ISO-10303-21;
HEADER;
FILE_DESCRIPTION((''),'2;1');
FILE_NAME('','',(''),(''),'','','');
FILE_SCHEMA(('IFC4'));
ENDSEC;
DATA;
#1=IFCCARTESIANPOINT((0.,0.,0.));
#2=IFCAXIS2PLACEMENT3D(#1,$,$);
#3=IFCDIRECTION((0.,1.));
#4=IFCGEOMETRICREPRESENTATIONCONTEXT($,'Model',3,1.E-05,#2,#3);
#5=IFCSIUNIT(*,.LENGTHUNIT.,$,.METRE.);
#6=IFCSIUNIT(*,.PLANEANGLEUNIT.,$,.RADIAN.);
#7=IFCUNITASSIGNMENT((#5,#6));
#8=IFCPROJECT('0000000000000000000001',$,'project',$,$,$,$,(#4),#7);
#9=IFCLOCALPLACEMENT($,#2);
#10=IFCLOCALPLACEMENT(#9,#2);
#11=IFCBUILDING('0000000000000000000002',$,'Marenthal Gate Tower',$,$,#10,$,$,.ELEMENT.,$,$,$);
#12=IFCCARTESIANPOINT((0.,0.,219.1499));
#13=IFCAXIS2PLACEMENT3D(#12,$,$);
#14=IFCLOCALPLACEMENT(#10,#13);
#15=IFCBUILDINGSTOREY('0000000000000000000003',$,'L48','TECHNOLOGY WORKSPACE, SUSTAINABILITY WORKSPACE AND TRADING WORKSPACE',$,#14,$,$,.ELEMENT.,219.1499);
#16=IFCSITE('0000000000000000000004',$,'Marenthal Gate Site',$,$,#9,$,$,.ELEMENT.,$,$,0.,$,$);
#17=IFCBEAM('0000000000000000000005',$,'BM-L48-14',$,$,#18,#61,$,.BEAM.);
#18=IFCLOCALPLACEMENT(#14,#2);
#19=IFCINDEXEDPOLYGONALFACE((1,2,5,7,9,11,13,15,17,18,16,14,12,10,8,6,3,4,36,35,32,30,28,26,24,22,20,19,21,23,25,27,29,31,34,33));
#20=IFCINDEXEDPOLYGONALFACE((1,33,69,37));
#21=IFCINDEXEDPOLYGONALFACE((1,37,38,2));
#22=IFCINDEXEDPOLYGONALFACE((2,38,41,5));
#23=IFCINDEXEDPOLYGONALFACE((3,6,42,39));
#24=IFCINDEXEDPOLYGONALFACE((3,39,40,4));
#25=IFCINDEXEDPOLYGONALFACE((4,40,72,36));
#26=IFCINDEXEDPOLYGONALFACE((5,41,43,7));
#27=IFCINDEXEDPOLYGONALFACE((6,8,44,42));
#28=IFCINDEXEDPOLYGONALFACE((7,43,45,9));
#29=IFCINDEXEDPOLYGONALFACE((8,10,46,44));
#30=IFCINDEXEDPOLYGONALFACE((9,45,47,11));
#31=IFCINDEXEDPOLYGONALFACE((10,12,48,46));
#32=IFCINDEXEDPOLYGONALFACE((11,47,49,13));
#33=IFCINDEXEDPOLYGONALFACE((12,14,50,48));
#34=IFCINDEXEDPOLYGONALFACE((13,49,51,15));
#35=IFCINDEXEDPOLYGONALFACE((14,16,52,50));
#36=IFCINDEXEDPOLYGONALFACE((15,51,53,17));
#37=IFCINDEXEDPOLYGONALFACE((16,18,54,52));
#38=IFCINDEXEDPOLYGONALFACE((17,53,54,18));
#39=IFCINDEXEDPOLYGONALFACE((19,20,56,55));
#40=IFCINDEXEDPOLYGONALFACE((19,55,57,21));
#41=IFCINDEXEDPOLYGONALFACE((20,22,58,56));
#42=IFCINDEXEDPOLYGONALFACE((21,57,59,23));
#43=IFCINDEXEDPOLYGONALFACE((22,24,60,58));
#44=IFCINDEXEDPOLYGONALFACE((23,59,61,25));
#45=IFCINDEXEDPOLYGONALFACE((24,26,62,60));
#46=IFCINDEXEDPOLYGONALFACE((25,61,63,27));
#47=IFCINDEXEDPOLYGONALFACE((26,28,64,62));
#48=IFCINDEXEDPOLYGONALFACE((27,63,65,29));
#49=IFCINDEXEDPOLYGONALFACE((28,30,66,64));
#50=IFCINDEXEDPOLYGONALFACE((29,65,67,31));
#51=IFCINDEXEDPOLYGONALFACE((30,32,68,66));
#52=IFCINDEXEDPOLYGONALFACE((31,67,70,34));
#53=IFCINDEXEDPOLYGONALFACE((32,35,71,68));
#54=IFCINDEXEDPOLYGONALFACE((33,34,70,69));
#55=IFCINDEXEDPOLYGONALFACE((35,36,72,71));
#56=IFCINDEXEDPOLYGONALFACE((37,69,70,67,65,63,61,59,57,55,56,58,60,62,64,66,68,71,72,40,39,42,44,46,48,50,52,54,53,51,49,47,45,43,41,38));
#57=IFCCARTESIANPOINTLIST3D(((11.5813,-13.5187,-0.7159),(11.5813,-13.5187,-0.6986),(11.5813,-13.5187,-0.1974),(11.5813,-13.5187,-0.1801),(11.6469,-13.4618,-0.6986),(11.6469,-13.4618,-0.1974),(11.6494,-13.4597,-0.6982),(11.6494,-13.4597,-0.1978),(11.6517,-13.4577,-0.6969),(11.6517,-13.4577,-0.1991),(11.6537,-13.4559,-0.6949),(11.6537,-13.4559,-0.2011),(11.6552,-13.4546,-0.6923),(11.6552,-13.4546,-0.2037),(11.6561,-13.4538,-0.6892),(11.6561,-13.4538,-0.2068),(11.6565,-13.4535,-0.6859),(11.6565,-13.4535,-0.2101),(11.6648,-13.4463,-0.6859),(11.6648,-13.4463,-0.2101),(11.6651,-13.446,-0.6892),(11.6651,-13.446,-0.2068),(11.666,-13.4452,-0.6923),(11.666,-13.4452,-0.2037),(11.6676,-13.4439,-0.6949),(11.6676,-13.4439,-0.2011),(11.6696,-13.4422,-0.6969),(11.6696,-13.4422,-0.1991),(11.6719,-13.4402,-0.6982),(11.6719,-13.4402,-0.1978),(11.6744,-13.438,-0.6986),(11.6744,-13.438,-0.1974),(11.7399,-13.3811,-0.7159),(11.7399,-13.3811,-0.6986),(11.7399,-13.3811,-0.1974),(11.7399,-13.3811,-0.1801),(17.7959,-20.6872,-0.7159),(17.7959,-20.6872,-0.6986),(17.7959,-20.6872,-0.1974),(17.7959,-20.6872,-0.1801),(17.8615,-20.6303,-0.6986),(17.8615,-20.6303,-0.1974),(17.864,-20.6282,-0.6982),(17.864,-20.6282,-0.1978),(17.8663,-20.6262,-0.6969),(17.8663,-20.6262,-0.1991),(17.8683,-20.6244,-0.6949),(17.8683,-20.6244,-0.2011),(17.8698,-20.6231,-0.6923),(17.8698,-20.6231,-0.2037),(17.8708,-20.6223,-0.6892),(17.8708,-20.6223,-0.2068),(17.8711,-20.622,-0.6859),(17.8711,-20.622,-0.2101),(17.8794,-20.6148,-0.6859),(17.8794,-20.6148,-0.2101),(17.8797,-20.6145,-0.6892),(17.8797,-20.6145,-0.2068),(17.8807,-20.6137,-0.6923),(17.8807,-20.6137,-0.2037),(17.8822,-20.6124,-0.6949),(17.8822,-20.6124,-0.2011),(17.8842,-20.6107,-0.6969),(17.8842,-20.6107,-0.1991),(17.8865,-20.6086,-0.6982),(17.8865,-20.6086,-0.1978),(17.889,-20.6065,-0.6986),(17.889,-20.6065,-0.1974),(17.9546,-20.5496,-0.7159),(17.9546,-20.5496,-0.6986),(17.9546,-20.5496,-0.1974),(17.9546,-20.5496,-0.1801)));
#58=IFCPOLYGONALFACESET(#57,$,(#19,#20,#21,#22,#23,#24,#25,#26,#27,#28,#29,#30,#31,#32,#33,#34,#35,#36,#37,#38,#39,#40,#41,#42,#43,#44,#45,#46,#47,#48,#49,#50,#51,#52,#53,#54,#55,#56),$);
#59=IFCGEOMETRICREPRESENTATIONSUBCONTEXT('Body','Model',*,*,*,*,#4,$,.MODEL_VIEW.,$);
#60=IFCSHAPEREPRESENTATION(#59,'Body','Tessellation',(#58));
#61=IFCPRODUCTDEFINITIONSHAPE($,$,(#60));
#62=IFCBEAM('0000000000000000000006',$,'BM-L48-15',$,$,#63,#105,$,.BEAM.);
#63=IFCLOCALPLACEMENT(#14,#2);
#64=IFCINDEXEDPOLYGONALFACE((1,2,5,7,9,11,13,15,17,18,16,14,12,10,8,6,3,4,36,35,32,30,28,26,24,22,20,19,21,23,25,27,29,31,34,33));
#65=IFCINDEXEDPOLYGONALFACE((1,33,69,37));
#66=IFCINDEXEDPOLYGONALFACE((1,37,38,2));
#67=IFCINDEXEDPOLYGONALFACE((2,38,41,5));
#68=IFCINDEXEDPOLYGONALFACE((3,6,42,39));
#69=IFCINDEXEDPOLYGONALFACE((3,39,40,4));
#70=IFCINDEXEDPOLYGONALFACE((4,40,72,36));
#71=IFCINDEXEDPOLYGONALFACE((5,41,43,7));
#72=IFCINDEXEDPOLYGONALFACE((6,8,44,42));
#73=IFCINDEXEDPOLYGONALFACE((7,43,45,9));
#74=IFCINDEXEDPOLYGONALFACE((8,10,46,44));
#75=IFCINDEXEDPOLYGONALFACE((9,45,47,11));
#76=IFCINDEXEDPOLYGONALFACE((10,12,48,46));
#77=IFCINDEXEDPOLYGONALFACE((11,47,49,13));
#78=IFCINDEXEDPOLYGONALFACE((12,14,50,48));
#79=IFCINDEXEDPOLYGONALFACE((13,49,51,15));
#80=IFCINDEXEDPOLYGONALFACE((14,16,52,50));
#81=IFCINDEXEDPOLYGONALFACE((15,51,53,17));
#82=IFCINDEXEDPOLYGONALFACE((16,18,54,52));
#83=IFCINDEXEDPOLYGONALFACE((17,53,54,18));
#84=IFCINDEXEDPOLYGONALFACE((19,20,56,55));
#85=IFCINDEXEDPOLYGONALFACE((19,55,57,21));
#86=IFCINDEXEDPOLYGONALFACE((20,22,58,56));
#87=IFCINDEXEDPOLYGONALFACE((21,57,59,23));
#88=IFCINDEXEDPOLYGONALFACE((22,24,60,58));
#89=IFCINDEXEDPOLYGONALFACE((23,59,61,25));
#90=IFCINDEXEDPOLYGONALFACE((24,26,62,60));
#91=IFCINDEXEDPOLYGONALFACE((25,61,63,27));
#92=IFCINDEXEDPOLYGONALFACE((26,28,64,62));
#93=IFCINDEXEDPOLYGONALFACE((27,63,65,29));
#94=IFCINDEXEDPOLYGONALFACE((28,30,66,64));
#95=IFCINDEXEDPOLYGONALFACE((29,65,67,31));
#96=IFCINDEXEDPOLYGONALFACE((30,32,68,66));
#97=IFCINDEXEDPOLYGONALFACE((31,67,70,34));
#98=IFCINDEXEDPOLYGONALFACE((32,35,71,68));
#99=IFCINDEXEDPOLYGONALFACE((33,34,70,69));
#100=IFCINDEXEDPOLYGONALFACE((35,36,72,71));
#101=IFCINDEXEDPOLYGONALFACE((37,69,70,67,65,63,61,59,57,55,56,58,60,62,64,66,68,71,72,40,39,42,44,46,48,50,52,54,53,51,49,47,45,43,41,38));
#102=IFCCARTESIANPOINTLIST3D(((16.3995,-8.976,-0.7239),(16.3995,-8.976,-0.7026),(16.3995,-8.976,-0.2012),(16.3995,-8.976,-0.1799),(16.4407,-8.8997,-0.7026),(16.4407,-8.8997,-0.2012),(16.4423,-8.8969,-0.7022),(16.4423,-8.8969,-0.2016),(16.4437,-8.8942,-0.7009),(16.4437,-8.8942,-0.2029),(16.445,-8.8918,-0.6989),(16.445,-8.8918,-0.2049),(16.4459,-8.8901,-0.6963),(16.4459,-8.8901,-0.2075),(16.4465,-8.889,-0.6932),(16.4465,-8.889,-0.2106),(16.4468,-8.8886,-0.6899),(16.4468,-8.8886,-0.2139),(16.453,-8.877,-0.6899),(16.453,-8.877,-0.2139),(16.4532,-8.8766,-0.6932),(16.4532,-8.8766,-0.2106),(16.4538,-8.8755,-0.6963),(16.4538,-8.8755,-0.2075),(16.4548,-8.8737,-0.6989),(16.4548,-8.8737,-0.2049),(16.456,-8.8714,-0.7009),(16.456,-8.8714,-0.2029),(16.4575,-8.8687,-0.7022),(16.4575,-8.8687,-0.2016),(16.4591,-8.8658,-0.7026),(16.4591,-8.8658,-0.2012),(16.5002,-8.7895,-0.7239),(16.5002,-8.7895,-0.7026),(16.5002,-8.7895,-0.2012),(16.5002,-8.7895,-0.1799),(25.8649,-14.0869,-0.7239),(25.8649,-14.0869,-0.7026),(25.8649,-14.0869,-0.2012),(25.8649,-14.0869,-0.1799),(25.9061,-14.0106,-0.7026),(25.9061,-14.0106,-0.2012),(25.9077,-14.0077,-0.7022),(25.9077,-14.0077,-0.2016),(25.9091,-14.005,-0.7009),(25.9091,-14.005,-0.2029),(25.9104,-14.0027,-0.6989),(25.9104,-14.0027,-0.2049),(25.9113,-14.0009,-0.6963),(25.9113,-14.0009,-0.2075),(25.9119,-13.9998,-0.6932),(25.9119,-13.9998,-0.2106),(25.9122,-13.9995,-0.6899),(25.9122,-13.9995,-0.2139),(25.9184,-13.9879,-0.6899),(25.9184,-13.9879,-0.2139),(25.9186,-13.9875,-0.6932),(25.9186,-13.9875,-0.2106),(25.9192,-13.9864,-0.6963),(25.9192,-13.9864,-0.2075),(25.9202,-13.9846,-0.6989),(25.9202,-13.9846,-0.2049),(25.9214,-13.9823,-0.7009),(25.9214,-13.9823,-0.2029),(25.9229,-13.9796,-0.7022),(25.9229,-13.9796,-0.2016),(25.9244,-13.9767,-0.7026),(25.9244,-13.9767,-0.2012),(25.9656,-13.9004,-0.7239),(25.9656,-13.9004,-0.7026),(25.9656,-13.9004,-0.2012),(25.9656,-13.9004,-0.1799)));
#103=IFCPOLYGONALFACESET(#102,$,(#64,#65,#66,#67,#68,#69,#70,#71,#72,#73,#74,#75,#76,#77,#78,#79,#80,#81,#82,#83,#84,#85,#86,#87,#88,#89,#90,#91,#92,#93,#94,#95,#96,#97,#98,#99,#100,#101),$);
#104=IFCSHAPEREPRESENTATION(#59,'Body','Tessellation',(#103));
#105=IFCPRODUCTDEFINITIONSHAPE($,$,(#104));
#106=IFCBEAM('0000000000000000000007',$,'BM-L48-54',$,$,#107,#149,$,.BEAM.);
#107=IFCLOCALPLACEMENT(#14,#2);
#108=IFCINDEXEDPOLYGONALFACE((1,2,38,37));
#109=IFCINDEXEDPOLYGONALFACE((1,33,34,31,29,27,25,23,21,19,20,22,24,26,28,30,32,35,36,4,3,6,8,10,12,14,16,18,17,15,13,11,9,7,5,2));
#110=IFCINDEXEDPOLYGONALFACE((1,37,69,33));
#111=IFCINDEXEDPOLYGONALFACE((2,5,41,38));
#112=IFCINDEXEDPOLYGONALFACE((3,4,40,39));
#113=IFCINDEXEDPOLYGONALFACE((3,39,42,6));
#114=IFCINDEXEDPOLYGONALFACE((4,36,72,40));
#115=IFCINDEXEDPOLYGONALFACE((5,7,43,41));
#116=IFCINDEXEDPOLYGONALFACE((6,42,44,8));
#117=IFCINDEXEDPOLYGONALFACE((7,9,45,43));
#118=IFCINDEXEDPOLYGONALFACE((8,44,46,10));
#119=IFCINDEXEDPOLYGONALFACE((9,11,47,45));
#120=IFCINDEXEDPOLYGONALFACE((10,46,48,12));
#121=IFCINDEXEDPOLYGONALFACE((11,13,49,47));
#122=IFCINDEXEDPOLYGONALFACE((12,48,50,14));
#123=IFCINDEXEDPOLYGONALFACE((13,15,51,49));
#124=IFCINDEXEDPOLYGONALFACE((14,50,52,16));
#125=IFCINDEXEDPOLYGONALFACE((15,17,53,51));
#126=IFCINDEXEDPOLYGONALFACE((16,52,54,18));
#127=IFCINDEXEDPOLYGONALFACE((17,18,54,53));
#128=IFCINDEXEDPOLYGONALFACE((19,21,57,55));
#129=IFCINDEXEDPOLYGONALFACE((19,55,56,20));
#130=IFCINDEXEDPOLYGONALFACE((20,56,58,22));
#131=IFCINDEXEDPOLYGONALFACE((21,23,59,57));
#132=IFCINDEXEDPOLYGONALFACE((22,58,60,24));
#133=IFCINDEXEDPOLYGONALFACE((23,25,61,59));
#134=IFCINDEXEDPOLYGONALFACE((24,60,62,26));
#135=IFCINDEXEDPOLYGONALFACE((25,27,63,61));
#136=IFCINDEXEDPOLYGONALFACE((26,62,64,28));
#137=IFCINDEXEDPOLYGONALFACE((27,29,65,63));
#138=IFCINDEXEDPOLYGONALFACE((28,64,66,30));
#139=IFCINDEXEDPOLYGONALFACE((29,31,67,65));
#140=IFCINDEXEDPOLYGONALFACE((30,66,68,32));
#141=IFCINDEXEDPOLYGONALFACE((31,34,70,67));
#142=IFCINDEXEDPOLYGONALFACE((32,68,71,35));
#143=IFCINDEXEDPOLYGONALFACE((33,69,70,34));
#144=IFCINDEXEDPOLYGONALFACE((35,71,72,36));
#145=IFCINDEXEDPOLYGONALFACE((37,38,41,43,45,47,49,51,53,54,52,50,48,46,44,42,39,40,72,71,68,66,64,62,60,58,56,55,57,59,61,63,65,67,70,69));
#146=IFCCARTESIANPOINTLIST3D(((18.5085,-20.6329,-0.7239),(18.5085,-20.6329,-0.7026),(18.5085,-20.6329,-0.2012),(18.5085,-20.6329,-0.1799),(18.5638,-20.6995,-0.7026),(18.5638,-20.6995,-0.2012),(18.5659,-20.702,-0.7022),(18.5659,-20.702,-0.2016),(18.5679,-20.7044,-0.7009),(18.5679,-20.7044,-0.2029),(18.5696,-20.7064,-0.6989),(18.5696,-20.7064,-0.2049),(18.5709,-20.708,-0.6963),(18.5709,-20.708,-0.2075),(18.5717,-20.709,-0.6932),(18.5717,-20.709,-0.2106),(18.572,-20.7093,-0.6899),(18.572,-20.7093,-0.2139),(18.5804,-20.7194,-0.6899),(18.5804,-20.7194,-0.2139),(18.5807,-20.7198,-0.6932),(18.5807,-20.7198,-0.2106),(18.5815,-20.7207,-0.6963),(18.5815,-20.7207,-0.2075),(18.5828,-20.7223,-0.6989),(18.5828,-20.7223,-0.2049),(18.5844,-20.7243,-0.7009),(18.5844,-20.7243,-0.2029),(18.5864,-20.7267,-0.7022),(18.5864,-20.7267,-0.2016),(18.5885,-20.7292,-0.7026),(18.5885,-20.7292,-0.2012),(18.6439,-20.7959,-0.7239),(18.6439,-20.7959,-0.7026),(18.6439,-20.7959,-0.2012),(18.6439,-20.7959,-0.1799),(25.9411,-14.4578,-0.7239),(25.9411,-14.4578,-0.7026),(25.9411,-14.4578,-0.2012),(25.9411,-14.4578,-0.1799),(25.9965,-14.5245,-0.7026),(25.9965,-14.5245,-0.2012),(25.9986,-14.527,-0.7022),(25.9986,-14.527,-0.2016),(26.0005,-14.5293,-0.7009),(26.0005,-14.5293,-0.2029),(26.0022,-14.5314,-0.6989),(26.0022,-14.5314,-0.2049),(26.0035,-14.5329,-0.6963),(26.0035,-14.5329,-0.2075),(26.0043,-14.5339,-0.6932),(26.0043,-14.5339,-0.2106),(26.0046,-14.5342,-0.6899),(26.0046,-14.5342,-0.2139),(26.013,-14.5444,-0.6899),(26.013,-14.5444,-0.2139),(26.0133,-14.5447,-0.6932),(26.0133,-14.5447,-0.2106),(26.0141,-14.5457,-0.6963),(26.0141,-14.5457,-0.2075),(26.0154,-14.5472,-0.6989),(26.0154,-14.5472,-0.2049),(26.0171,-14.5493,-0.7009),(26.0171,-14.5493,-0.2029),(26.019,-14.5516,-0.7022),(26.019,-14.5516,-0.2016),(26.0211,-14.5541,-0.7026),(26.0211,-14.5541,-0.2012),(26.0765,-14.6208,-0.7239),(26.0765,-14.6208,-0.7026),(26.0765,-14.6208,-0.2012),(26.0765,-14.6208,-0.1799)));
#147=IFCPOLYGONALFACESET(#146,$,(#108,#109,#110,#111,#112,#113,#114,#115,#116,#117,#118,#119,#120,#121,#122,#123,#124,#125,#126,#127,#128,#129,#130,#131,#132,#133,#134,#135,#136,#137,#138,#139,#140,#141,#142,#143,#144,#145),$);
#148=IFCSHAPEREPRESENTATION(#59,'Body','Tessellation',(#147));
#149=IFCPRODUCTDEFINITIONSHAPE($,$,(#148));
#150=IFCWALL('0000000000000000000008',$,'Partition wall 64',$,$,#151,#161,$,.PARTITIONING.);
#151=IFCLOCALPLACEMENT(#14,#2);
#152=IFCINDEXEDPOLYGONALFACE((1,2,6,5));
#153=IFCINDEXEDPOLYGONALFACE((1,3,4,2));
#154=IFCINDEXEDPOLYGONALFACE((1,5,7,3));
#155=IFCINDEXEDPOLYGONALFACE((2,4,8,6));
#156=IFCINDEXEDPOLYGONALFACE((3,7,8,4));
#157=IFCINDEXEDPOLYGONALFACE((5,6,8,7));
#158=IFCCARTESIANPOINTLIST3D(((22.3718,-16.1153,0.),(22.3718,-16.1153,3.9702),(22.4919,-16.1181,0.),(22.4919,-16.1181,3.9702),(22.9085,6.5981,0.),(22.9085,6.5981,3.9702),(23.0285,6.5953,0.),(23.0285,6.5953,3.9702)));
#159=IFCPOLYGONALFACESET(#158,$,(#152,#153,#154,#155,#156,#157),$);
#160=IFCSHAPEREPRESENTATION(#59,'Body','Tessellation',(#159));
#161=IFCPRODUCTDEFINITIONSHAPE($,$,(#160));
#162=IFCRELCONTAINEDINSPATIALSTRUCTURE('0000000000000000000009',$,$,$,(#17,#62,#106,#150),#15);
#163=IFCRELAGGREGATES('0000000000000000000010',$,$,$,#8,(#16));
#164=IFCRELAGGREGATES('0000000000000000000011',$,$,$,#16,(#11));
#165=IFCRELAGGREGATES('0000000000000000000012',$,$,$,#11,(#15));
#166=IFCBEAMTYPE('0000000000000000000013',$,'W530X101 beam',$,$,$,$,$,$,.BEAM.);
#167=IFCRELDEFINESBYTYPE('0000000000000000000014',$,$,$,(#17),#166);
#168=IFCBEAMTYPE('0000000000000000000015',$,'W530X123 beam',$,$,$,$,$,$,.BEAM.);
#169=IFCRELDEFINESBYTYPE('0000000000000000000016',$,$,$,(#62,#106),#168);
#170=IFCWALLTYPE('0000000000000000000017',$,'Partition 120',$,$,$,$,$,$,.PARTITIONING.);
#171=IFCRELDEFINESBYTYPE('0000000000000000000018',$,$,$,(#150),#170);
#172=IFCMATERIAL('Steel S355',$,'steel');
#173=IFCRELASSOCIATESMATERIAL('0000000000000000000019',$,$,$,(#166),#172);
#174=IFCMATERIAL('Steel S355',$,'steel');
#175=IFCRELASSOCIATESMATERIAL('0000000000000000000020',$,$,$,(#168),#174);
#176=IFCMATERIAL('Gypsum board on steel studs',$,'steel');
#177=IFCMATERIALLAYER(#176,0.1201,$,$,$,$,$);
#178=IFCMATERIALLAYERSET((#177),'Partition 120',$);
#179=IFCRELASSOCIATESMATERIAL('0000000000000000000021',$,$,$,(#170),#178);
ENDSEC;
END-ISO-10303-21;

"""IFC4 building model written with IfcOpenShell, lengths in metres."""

from ifc_helpers import new_model, si_unit, direction, frame, frame_2d, origin, origin_2d, place, context, subcontext, project, spatial, rectangle, i_section, extrude, material, layer, layer_set, material_profile, profile_set, type_object, element, save


model = new_model("IFC4")

# Units and contexts
model_context = context("Model", 3, precision=1e-05, world=origin(), true_north=direction((0.0, 1.0)))
body_context = subcontext(model_context, "Body", "Model", "MODEL_VIEW")
ifc_project = project(units=[si_unit("LENGTHUNIT", "METRE"), si_unit("PLANEANGLEUNIT", "RADIAN")], contexts=[model_context])

# Site, building, storey
site_placement = place(None, origin())
site = spatial("IfcSite", under=ifc_project, at=site_placement, Name="Marenthal Gate Site", CompositionType="ELEMENT", RefElevation=0.0)
building_placement = place(site_placement, origin())
building = spatial("IfcBuilding", under=site, at=building_placement, Name="Marenthal Gate Tower", CompositionType="ELEMENT")
storey_placement = place(building_placement, frame((0.0, 0.0, 219.1499)))
storey = spatial("IfcBuildingStorey", under=building, at=storey_placement, Name="L48", Description="TECHNOLOGY WORKSPACE, SUSTAINABILITY WORKSPACE AND TRADING WORKSPACE", CompositionType="ELEMENT", Elevation=219.1499)

# Beams
ifc_material_1 = material(Name="Steel S355", Category="steel")
ifc_material_profile_1 = material_profile(ifc_material_1, i_section(OverallWidth=0.21, OverallDepth=0.5359, WebThickness=0.011, FlangeThickness=0.0173, FilletRadius=0.0127, at=origin_2d()), Name="W530X101")
ifc_profile_set_1 = profile_set([ifc_material_profile_1], Name="Steel S355")
beam_type_1 = type_object("IfcBeamType", Name="W530X101 beam", PredefinedType="BEAM", material=ifc_profile_set_1)
beam_1_placement = place(storey_placement, frame((17.8752, -20.6184, -0.448), z_axis=(-0.655047, 0.755588, 0.0), x_axis=(-0.755588, -0.655047, 0.0)))
element("IfcBeam", 1, at=beam_1_placement, inside=storey, type_object=beam_type_1, Name="BM-L48-14", PredefinedType="BEAM", context=body_context, shape_type="SweptSolid", body=[
    extrude(i_section(OverallWidth=0.21, OverallDepth=0.5359, WebThickness=0.011, FlangeThickness=0.0173, FilletRadius=0.0127, at=origin_2d()), origin(), (0.0, 0.0, 1.0), 9.4873),
])
ifc_material_2 = material(Name="Steel S355", Category="steel")
ifc_material_profile_2 = material_profile(ifc_material_2, i_section(OverallWidth=0.2119, OverallDepth=0.5439, WebThickness=0.0132, FlangeThickness=0.0212, FilletRadius=0.0127, at=origin_2d()), Name="W530X123")
ifc_profile_set_2 = profile_set([ifc_material_profile_2], Name="Steel S355")
beam_type_2 = type_object("IfcBeamType", Name="W530X123 beam", PredefinedType="BEAM", material=ifc_profile_set_2)
beam_2_placement = place(storey_placement, frame((25.9153, -13.9937, -0.4519), z_axis=(-0.879922, 0.475117, 0.0), x_axis=(-0.475117, -0.879922, 0.0)))
element("IfcBeam", 2, at=beam_2_placement, inside=storey, type_object=beam_type_2, Name="BM-L48-15", PredefinedType="BEAM", context=body_context, shape_type="SweptSolid", body=[
    extrude(i_section(OverallWidth=0.2119, OverallDepth=0.5439, WebThickness=0.0132, FlangeThickness=0.0212, FilletRadius=0.0127, at=origin_2d()), origin(), (0.0, 0.0, 1.0), 10.7571),
])
beam_3_placement = place(storey_placement, frame((18.5762, -20.7144, -0.4519), z_axis=(0.769177, 0.639036, 0.0), x_axis=(-0.639036, 0.769177, 0.0)))
element("IfcBeam", 3, at=beam_3_placement, inside=storey, type_object=beam_type_2, Name="BM-L48-54", PredefinedType="BEAM", context=body_context, shape_type="SweptSolid", body=[
    extrude(i_section(OverallWidth=0.2119, OverallDepth=0.5439, WebThickness=0.0132, FlangeThickness=0.0212, FilletRadius=0.0127, at=origin_2d()), origin(), (0.0, 0.0, 1.0), 9.6631),
])

# Wall
ifc_material_3 = material(Name="Gypsum board on steel studs", Category="steel")
ifc_layer_1 = layer(ifc_material_3, 0.1201)
ifc_layer_set_1 = layer_set([ifc_layer_1], Name="Partition 120")
wall_type_1 = type_object("IfcWallType", Name="Partition 120", PredefinedType="PARTITIONING", material=ifc_layer_set_1)
wall_1_placement = place(storey_placement, frame((22.4319, -16.1167, 0.0), z_axis=(0.0, 0.0, 1.0), x_axis=(0.023619, 0.999721, 0.0)))
element("IfcWall", 4, at=wall_1_placement, inside=storey, type_object=wall_type_1, Name="Partition wall 64", PredefinedType="PARTITIONING", context=body_context, shape_type="SweptSolid", body=[
    extrude(rectangle(XDim=22.7197, YDim=0.1201, at=frame_2d((11.3599, 0.0))), origin(), (0.0, 0.0, 1.0), 3.9702),
])

save(model, "model.ifc")
